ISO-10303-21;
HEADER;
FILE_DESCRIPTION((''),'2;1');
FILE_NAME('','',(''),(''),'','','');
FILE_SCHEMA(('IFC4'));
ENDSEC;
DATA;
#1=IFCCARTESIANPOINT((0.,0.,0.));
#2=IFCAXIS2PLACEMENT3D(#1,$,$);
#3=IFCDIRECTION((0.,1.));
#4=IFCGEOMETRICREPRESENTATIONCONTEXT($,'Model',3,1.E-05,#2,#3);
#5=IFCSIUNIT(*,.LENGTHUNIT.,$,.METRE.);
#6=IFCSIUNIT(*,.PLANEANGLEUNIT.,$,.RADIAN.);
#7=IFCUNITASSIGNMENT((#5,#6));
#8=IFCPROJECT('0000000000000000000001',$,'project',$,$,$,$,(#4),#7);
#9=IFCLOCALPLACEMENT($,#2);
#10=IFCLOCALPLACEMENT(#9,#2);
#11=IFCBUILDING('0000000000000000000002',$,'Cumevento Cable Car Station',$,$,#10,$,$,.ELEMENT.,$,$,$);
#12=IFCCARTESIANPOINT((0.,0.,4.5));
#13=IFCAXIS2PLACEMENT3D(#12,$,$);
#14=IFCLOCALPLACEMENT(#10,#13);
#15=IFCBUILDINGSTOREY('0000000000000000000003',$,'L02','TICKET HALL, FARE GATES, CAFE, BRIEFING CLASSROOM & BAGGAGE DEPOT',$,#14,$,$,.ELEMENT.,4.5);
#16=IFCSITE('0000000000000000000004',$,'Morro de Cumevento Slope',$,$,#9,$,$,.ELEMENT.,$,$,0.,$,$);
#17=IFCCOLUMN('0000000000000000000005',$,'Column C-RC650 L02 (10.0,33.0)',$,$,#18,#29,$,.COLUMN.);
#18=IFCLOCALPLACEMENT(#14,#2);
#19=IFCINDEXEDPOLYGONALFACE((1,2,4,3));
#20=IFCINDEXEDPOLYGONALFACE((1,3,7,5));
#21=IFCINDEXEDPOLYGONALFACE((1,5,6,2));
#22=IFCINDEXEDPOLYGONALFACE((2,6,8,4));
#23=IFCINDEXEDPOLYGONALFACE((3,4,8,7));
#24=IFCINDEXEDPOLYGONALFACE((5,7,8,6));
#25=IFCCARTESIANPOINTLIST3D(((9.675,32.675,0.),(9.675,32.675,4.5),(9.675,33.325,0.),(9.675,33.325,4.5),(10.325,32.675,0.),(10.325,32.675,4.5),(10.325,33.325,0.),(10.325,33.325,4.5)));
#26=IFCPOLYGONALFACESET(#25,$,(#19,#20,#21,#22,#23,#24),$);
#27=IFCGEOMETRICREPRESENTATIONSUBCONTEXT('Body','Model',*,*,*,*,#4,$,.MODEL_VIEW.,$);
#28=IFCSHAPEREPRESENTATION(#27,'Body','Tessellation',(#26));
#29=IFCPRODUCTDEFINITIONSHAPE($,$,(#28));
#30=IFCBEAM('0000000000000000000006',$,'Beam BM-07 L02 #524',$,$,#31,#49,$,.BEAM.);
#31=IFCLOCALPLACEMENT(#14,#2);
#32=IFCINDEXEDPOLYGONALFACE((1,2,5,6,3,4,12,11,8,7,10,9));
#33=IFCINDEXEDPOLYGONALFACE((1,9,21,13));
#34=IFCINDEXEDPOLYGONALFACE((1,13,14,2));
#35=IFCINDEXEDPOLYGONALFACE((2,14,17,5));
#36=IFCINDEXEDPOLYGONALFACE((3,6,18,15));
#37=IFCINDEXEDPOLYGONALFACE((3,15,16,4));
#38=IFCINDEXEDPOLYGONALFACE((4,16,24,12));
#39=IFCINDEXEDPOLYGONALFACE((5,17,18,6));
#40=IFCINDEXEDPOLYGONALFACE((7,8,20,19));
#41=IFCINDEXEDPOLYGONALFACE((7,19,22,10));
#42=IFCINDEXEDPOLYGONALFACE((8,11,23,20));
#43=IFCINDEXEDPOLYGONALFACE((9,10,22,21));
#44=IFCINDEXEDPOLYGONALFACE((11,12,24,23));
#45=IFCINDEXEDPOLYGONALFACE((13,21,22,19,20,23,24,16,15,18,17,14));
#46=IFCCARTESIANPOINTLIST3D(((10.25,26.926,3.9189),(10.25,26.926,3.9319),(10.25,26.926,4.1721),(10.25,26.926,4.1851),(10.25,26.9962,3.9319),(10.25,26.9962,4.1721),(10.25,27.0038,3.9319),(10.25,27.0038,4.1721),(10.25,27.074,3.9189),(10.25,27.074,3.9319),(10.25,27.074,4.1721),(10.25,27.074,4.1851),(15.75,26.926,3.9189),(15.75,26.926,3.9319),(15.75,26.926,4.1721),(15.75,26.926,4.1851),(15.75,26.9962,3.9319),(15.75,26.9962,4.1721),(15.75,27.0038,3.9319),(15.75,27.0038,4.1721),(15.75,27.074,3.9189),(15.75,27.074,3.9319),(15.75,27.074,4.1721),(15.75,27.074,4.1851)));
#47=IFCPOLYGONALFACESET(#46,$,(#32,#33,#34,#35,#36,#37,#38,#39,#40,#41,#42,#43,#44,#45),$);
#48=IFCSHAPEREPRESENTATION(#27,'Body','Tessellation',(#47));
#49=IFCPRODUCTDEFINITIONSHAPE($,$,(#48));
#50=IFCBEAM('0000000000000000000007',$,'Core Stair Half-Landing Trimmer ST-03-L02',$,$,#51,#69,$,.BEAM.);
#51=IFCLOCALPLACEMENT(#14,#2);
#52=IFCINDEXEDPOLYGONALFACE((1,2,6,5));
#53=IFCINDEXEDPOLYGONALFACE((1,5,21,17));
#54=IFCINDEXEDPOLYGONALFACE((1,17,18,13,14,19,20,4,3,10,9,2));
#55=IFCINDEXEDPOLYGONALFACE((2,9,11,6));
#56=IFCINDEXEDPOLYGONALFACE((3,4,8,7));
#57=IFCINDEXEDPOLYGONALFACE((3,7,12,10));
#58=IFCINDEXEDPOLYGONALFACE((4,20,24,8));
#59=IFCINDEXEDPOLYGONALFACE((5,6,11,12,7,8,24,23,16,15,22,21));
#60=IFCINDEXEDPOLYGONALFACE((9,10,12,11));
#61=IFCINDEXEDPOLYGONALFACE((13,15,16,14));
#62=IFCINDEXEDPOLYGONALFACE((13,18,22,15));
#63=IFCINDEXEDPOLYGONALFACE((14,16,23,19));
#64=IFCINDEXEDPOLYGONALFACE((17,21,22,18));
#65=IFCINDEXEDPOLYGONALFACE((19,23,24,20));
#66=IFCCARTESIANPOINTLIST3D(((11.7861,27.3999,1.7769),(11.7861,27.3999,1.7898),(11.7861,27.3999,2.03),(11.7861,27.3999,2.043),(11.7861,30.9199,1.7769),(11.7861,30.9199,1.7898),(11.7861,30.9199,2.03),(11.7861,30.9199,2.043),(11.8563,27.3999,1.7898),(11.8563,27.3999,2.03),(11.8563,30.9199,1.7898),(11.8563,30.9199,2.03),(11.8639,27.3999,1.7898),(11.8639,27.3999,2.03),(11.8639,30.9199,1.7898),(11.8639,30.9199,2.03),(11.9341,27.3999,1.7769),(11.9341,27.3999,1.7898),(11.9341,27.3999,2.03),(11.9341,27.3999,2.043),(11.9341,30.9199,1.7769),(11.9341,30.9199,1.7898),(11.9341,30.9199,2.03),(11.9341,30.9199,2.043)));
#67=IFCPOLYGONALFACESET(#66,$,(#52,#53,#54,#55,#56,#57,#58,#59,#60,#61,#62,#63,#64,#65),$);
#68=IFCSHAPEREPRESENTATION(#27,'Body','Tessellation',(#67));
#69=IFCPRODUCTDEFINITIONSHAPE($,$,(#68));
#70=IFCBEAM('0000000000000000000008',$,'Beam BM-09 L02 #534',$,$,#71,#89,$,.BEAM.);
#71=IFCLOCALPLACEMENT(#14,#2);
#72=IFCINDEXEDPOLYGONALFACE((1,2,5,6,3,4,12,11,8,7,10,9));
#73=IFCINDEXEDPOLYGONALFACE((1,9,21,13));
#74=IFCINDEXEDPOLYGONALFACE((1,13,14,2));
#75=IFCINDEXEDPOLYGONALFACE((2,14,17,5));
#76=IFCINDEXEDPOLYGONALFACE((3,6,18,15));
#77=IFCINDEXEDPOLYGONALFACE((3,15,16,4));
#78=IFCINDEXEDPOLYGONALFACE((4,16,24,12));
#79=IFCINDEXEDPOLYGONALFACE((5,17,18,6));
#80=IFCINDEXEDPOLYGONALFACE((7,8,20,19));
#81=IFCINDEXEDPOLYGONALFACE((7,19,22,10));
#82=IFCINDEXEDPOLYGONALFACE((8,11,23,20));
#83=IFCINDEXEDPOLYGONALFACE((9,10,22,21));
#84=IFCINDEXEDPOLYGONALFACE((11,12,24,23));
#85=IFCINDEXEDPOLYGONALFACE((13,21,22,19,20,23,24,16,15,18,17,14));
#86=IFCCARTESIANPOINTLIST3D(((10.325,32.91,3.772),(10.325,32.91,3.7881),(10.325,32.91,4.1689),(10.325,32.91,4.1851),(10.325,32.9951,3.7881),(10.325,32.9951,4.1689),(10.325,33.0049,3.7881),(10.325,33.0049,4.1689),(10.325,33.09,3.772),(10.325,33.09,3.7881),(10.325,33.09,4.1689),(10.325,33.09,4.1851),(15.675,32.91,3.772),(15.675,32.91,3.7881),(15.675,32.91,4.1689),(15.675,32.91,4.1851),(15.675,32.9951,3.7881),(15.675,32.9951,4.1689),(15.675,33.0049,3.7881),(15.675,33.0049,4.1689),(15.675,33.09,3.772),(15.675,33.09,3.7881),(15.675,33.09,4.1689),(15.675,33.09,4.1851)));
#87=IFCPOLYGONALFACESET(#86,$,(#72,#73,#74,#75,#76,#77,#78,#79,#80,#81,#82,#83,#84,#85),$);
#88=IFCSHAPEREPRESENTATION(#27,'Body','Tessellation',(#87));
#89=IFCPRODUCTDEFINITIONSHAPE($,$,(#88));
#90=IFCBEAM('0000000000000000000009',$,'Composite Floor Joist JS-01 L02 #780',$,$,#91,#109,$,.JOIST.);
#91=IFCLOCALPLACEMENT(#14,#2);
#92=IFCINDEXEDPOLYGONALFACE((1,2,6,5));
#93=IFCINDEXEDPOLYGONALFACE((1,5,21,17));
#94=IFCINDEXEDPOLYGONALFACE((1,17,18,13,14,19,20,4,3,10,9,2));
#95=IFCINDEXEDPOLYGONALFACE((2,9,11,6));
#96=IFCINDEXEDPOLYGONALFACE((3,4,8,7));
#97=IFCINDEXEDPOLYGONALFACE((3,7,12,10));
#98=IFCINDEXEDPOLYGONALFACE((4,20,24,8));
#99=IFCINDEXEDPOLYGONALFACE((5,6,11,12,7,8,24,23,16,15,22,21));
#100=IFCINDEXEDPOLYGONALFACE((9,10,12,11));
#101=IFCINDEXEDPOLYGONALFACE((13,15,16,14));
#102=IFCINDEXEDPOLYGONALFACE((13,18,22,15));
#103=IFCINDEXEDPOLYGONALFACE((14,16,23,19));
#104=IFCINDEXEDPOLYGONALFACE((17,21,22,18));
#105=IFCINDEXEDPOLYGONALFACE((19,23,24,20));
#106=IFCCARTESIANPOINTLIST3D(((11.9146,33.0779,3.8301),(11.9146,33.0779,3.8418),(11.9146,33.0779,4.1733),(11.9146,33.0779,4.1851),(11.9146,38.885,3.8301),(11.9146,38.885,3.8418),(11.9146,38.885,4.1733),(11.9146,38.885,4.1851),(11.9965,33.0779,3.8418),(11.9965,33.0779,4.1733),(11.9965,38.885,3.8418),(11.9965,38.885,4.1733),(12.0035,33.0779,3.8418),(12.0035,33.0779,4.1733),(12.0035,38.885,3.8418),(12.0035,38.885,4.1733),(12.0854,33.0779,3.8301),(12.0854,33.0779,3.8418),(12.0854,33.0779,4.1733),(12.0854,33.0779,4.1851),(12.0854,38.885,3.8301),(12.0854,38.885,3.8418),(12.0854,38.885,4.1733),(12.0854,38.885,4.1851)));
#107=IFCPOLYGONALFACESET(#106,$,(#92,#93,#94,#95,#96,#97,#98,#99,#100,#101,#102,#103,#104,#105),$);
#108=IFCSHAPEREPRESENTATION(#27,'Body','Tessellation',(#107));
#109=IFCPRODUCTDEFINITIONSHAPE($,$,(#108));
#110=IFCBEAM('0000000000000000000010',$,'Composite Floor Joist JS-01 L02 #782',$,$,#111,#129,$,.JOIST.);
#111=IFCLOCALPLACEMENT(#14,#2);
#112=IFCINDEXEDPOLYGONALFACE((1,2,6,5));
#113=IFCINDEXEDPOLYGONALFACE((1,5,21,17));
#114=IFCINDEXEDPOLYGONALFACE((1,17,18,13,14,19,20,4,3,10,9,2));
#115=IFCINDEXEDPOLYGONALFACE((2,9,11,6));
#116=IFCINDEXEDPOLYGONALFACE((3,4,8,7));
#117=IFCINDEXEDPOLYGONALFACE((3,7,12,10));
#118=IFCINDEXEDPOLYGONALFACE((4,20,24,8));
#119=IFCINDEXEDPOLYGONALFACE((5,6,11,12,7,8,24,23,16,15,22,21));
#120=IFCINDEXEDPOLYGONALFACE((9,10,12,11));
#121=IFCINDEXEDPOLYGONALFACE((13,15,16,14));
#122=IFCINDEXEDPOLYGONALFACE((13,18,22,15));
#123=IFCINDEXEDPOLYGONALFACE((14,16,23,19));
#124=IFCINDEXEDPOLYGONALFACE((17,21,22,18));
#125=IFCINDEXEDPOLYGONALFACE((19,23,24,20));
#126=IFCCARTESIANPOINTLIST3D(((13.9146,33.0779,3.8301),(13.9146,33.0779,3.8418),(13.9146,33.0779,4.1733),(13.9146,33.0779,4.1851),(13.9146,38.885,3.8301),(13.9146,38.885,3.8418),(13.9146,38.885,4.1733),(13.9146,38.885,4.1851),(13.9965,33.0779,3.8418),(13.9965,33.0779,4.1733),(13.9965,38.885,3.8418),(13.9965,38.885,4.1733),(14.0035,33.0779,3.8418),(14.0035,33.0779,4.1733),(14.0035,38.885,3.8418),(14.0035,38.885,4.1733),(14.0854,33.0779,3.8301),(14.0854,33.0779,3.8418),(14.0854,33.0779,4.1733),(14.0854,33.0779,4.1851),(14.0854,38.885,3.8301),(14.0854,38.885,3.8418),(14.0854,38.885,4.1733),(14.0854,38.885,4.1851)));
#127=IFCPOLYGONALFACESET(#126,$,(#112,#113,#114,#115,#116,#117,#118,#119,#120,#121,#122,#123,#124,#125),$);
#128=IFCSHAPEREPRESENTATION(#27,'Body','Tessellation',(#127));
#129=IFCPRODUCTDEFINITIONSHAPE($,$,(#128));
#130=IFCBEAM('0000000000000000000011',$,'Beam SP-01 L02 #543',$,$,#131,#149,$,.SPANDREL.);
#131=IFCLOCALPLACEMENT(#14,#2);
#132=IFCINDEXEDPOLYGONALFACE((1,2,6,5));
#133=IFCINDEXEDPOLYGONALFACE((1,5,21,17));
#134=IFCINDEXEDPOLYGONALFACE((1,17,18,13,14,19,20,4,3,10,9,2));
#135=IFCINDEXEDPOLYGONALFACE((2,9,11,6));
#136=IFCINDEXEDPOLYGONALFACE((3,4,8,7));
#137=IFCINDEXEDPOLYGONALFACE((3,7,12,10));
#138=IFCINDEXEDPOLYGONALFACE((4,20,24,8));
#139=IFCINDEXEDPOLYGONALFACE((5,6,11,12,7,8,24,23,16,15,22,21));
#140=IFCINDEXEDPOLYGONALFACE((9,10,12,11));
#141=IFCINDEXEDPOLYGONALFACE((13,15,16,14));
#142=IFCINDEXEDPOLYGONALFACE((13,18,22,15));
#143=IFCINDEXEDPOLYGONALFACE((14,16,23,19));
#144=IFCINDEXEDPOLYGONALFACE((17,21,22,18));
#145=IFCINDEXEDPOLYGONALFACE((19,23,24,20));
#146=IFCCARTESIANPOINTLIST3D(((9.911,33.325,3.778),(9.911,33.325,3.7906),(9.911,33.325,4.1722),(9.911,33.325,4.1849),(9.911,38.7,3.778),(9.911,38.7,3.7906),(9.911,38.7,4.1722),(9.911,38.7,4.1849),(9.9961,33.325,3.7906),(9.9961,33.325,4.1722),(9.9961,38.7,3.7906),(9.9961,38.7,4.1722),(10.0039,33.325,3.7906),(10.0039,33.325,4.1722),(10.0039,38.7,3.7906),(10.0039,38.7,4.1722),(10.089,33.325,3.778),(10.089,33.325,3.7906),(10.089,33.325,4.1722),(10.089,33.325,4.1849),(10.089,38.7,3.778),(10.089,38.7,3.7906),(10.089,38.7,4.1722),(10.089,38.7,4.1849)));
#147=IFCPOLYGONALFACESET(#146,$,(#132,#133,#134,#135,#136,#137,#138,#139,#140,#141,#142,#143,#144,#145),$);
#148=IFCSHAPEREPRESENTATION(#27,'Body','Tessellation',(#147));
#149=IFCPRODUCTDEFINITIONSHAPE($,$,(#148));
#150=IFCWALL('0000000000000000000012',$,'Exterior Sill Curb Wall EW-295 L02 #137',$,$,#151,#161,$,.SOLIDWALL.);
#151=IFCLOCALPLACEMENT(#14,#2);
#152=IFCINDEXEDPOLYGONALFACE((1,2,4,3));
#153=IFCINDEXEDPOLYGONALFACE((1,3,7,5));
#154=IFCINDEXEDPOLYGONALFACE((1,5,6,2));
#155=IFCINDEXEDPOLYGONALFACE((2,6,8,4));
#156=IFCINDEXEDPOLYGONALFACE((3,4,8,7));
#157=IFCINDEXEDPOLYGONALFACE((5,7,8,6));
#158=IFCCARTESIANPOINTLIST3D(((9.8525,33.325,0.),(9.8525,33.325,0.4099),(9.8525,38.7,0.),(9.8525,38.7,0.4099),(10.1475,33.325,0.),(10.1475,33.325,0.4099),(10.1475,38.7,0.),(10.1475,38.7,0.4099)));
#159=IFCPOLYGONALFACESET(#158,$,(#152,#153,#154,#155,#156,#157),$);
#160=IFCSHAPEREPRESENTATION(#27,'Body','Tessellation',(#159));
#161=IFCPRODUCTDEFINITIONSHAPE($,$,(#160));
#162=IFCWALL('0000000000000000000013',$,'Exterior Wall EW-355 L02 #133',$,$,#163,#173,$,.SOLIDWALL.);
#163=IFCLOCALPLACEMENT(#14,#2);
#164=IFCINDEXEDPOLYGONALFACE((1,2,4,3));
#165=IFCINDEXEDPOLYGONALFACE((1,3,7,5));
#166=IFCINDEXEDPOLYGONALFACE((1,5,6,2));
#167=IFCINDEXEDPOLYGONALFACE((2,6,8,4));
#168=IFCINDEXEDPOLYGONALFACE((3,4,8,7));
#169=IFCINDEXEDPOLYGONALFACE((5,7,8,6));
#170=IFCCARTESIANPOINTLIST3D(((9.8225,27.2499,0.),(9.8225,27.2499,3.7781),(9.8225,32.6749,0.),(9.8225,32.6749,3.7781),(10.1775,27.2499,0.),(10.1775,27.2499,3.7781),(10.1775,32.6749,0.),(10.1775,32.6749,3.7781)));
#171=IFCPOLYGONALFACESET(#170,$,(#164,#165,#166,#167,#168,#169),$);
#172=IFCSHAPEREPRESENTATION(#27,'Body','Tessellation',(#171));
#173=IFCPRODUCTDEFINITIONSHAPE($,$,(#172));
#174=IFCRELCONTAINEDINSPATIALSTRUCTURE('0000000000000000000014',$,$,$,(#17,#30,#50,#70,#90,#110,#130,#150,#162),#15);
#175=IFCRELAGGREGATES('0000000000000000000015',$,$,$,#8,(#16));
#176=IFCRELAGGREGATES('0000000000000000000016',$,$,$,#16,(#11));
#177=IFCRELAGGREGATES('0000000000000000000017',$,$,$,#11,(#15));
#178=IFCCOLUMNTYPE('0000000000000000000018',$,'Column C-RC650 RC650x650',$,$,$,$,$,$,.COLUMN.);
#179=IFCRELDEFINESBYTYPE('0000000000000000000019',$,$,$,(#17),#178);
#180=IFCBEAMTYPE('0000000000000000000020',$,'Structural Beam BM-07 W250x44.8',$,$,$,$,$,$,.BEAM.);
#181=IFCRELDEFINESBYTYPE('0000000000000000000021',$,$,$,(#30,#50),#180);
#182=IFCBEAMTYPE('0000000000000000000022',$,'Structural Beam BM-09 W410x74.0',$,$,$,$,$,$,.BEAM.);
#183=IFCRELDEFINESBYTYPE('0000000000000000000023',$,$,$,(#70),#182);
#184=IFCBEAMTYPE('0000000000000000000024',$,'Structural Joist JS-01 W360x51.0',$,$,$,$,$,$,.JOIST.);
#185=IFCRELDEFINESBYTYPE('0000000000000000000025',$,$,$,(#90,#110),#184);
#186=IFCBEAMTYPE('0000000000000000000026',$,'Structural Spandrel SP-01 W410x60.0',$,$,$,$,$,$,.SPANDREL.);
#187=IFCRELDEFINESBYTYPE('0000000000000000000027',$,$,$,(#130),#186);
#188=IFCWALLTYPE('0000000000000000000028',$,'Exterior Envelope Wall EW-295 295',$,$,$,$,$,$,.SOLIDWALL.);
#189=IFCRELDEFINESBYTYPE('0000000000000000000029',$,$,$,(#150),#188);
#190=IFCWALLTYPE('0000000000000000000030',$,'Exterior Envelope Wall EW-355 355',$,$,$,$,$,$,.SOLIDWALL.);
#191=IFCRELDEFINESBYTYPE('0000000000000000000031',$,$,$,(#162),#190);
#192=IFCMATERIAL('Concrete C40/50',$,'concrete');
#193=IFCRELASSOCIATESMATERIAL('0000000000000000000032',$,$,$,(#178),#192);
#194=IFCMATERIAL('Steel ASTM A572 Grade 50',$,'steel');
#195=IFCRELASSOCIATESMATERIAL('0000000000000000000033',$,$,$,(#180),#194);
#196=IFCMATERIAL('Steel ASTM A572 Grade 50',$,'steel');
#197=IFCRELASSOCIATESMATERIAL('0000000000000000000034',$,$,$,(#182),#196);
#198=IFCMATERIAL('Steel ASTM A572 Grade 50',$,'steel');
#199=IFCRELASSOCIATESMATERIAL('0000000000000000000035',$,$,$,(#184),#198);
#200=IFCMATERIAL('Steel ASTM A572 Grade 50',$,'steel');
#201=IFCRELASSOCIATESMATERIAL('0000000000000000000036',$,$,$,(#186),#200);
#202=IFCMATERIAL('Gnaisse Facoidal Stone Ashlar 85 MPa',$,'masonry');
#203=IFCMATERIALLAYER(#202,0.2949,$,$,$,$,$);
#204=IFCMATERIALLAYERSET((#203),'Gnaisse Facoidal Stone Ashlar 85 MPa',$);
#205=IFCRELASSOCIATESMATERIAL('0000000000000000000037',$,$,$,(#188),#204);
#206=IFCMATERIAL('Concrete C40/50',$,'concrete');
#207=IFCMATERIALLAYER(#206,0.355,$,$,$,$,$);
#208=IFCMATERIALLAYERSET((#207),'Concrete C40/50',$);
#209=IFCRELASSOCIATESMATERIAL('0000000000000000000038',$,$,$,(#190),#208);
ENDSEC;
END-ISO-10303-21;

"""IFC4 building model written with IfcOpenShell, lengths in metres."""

from ifc_helpers import new_model, si_unit, direction, frame, frame_2d, origin, origin_2d, place, context, subcontext, project, spatial, rectangle, i_section, extrude, material, layer, layer_set, material_profile, profile_set, type_object, element, save


model = new_model("IFC4")

# Units and contexts
model_context = context("Model", 3, precision=1e-05, world=origin(), true_north=direction((0.0, 1.0)))
body_context = subcontext(model_context, "Body", "Model", "MODEL_VIEW")
ifc_project = project(units=[si_unit("LENGTHUNIT", "METRE"), si_unit("PLANEANGLEUNIT", "RADIAN")], contexts=[model_context])

# Site, building, storey
site_placement = place(None, origin())
site = spatial("IfcSite", under=ifc_project, at=site_placement, Name="Morro de Cumevento Slope", CompositionType="ELEMENT", RefElevation=0.0)
building_placement = place(site_placement, origin())
building = spatial("IfcBuilding", under=site, at=building_placement, Name="Cumevento Cable Car Station", CompositionType="ELEMENT")
storey_placement = place(building_placement, frame((0.0, 0.0, 4.5)))
storey = spatial("IfcBuildingStorey", under=building, at=storey_placement, Name="L02", Description="TICKET HALL, FARE GATES, CAFE, BRIEFING CLASSROOM & BAGGAGE DEPOT", CompositionType="ELEMENT", Elevation=4.5)

# Column
ifc_material_1 = material(Name="Concrete C40/50", Category="concrete")
ifc_material_profile_1 = material_profile(ifc_material_1, rectangle(XDim=0.6499, YDim=0.6499, at=origin_2d()), Name="RC650x650")
ifc_profile_set_1 = profile_set([ifc_material_profile_1], Name="Concrete C40/50")
column_type = type_object("IfcColumnType", Name="Column C-RC650 RC650x650", PredefinedType="COLUMN", material=ifc_profile_set_1)
column_placement = place(storey_placement, frame((10.0, 33.0, 0.0), z_axis=(0.0, 0.0, 1.0), x_axis=(1.0, 0.0, 0.0)))
element("IfcColumn", 1, at=column_placement, inside=storey, type_object=column_type, Name="Column C-RC650 L02 (10.0,33.0)", PredefinedType="COLUMN", context=body_context, shape_type="SweptSolid", body=[
    extrude(rectangle(XDim=0.6499, YDim=0.6499, at=origin_2d()), origin(), (0.0, 0.0, 1.0), 4.5),
])

# Beams
ifc_material_2 = material(Name="Steel ASTM A572 Grade 50", Category="steel")
ifc_material_profile_2 = material_profile(ifc_material_2, i_section(OverallWidth=0.1479, OverallDepth=0.2661, WebThickness=0.0076, FlangeThickness=0.0129, at=origin_2d()), Name="W250x44.8")
ifc_profile_set_2 = profile_set([ifc_material_profile_2], Name="Steel ASTM A572 Grade 50")
beam_type_1 = type_object("IfcBeamType", Name="Structural Beam BM-07 W250x44.8", PredefinedType="BEAM", material=ifc_profile_set_2)
beam_1_placement = place(storey_placement, frame((10.25, 27.0, 4.052), z_axis=(1.0, 0.0, 0.0), x_axis=(0.0, 1.0, 0.0)))
element("IfcBeam", 2, at=beam_1_placement, inside=storey, type_object=beam_type_1, Name="Beam BM-07 L02 #524", PredefinedType="BEAM", context=body_context, shape_type="SweptSolid", body=[
    extrude(i_section(OverallWidth=0.1479, OverallDepth=0.2661, WebThickness=0.0076, FlangeThickness=0.0129, at=origin_2d()), origin(), (0.0, 0.0, 1.0), 5.5),
])
beam_2_placement = place(storey_placement, frame((11.8601, 27.3999, 1.9099), z_axis=(0.0, 1.0, 0.0), x_axis=(-1.0, 0.0, 0.0)))
element("IfcBeam", 3, at=beam_2_placement, inside=storey, type_object=beam_type_1, Name="Core Stair Half-Landing Trimmer ST-03-L02", PredefinedType="BEAM", context=body_context, shape_type="SweptSolid", body=[
    extrude(i_section(OverallWidth=0.1479, OverallDepth=0.2661, WebThickness=0.0076, FlangeThickness=0.0129, at=origin_2d()), origin(), (0.0, 0.0, 1.0), 3.52),
])
ifc_material_3 = material(Name="Steel ASTM A572 Grade 50", Category="steel")
ifc_material_profile_3 = material_profile(ifc_material_3, i_section(OverallWidth=0.1799, OverallDepth=0.4131, WebThickness=0.0098, FlangeThickness=0.0161, at=origin_2d()), Name="W410x74.0")
ifc_profile_set_3 = profile_set([ifc_material_profile_3], Name="Steel ASTM A572 Grade 50")
beam_type_2 = type_object("IfcBeamType", Name="Structural Beam BM-09 W410x74.0", PredefinedType="BEAM", material=ifc_profile_set_3)
beam_3_placement = place(storey_placement, frame((10.325, 33.0, 3.9785), z_axis=(1.0, 0.0, 0.0), x_axis=(0.0, 1.0, 0.0)))
element("IfcBeam", 4, at=beam_3_placement, inside=storey, type_object=beam_type_2, Name="Beam BM-09 L02 #534", PredefinedType="BEAM", context=body_context, shape_type="SweptSolid", body=[
    extrude(i_section(OverallWidth=0.1799, OverallDepth=0.4131, WebThickness=0.0098, FlangeThickness=0.0161, at=origin_2d()), origin(), (0.0, 0.0, 1.0), 5.3501),
])
ifc_material_4 = material(Name="Steel ASTM A572 Grade 50", Category="steel")
ifc_material_profile_4 = material_profile(ifc_material_4, i_section(OverallWidth=0.1709, OverallDepth=0.355, WebThickness=0.0071, FlangeThickness=0.0117, at=origin_2d()), Name="W360x51.0")
ifc_profile_set_4 = profile_set([ifc_material_profile_4], Name="Steel ASTM A572 Grade 50")
beam_type_3 = type_object("IfcBeamType", Name="Structural Joist JS-01 W360x51.0", PredefinedType="JOIST", material=ifc_profile_set_4)
for number, where, z_axis, x_axis, name in (
    (5, (12.0, 33.0779, 4.0076), (0.0, 1.0, 0.0), (-1.0, 0.0, 0.0), "Composite Floor Joist JS-01 L02 #780"),
    (6, (14.0, 33.0779, 4.0076), (0.0, 1.0, 0.0), (-1.0, 0.0, 0.0), "Composite Floor Joist JS-01 L02 #782"),
):
    element("IfcBeam", number, at=place(storey_placement, frame(where, z_axis=z_axis, x_axis=x_axis)), inside=storey, type_object=beam_type_3, Name=name, PredefinedType="JOIST", context=body_context, shape_type="SweptSolid", body=[
        extrude(i_section(OverallWidth=0.1709, OverallDepth=0.355, WebThickness=0.0071, FlangeThickness=0.0117, at=origin_2d()), origin(), (0.0, 0.0, 1.0), 5.8071),
    ])
ifc_material_5 = material(Name="Steel ASTM A572 Grade 50", Category="steel")
ifc_material_profile_5 = material_profile(ifc_material_5, i_section(OverallWidth=0.178, OverallDepth=0.407, WebThickness=0.0078, FlangeThickness=0.0127, at=origin_2d()), Name="W410x60.0")
ifc_profile_set_5 = profile_set([ifc_material_profile_5], Name="Steel ASTM A572 Grade 50")
beam_type_4 = type_object("IfcBeamType", Name="Structural Spandrel SP-01 W410x60.0", PredefinedType="SPANDREL", material=ifc_profile_set_5)
beam_4_placement = place(storey_placement, frame((10.0, 33.325, 3.9814), z_axis=(0.0, 1.0, 0.0), x_axis=(-1.0, 0.0, 0.0)))
element("IfcBeam", 7, at=beam_4_placement, inside=storey, type_object=beam_type_4, Name="Beam SP-01 L02 #543", PredefinedType="SPANDREL", context=body_context, shape_type="SweptSolid", body=[
    extrude(i_section(OverallWidth=0.178, OverallDepth=0.407, WebThickness=0.0078, FlangeThickness=0.0127, at=origin_2d()), origin(), (0.0, 0.0, 1.0), 5.375),
])

# Walls
ifc_material_6 = material(Name="Gnaisse Facoidal Stone Ashlar 85 MPa", Category="masonry")
ifc_layer_1 = layer(ifc_material_6, 0.2949)
ifc_layer_set_1 = layer_set([ifc_layer_1], Name="Gnaisse Facoidal Stone Ashlar 85 MPa")
wall_type_1 = type_object("IfcWallType", Name="Exterior Envelope Wall EW-295 295", PredefinedType="SOLIDWALL", material=ifc_layer_set_1)
wall_1_placement = place(storey_placement, frame((10.0, 33.325, 0.0), z_axis=(0.0, 0.0, 1.0), x_axis=(0.0, 1.0, 0.0)))
element("IfcWall", 8, at=wall_1_placement, inside=storey, type_object=wall_type_1, Name="Exterior Sill Curb Wall EW-295 L02 #137", PredefinedType="SOLIDWALL", context=body_context, shape_type="SweptSolid", body=[
    extrude(rectangle(XDim=5.375, YDim=0.2949, at=frame_2d((2.6875, 0.0))), origin(), (0.0, 0.0, 1.0), 0.4099),
])
ifc_material_7 = material(Name="Concrete C40/50", Category="concrete")
ifc_layer_2 = layer(ifc_material_7, 0.355)
ifc_layer_set_2 = layer_set([ifc_layer_2], Name="Concrete C40/50")
wall_type_2 = type_object("IfcWallType", Name="Exterior Envelope Wall EW-355 355", PredefinedType="SOLIDWALL", material=ifc_layer_set_2)
wall_2_placement = place(storey_placement, frame((10.0, 27.25, 0.0), z_axis=(0.0, 0.0, 1.0), x_axis=(0.0, 1.0, 0.0)))
element("IfcWall", 9, at=wall_2_placement, inside=storey, type_object=wall_type_2, Name="Exterior Wall EW-355 L02 #133", PredefinedType="SOLIDWALL", context=body_context, shape_type="SweptSolid", body=[
    extrude(rectangle(XDim=5.425, YDim=0.355, at=frame_2d((2.7124, 0.0))), origin(), (0.0, 0.0, 1.0), 3.7781),
])

save(model, "model.ifc")
